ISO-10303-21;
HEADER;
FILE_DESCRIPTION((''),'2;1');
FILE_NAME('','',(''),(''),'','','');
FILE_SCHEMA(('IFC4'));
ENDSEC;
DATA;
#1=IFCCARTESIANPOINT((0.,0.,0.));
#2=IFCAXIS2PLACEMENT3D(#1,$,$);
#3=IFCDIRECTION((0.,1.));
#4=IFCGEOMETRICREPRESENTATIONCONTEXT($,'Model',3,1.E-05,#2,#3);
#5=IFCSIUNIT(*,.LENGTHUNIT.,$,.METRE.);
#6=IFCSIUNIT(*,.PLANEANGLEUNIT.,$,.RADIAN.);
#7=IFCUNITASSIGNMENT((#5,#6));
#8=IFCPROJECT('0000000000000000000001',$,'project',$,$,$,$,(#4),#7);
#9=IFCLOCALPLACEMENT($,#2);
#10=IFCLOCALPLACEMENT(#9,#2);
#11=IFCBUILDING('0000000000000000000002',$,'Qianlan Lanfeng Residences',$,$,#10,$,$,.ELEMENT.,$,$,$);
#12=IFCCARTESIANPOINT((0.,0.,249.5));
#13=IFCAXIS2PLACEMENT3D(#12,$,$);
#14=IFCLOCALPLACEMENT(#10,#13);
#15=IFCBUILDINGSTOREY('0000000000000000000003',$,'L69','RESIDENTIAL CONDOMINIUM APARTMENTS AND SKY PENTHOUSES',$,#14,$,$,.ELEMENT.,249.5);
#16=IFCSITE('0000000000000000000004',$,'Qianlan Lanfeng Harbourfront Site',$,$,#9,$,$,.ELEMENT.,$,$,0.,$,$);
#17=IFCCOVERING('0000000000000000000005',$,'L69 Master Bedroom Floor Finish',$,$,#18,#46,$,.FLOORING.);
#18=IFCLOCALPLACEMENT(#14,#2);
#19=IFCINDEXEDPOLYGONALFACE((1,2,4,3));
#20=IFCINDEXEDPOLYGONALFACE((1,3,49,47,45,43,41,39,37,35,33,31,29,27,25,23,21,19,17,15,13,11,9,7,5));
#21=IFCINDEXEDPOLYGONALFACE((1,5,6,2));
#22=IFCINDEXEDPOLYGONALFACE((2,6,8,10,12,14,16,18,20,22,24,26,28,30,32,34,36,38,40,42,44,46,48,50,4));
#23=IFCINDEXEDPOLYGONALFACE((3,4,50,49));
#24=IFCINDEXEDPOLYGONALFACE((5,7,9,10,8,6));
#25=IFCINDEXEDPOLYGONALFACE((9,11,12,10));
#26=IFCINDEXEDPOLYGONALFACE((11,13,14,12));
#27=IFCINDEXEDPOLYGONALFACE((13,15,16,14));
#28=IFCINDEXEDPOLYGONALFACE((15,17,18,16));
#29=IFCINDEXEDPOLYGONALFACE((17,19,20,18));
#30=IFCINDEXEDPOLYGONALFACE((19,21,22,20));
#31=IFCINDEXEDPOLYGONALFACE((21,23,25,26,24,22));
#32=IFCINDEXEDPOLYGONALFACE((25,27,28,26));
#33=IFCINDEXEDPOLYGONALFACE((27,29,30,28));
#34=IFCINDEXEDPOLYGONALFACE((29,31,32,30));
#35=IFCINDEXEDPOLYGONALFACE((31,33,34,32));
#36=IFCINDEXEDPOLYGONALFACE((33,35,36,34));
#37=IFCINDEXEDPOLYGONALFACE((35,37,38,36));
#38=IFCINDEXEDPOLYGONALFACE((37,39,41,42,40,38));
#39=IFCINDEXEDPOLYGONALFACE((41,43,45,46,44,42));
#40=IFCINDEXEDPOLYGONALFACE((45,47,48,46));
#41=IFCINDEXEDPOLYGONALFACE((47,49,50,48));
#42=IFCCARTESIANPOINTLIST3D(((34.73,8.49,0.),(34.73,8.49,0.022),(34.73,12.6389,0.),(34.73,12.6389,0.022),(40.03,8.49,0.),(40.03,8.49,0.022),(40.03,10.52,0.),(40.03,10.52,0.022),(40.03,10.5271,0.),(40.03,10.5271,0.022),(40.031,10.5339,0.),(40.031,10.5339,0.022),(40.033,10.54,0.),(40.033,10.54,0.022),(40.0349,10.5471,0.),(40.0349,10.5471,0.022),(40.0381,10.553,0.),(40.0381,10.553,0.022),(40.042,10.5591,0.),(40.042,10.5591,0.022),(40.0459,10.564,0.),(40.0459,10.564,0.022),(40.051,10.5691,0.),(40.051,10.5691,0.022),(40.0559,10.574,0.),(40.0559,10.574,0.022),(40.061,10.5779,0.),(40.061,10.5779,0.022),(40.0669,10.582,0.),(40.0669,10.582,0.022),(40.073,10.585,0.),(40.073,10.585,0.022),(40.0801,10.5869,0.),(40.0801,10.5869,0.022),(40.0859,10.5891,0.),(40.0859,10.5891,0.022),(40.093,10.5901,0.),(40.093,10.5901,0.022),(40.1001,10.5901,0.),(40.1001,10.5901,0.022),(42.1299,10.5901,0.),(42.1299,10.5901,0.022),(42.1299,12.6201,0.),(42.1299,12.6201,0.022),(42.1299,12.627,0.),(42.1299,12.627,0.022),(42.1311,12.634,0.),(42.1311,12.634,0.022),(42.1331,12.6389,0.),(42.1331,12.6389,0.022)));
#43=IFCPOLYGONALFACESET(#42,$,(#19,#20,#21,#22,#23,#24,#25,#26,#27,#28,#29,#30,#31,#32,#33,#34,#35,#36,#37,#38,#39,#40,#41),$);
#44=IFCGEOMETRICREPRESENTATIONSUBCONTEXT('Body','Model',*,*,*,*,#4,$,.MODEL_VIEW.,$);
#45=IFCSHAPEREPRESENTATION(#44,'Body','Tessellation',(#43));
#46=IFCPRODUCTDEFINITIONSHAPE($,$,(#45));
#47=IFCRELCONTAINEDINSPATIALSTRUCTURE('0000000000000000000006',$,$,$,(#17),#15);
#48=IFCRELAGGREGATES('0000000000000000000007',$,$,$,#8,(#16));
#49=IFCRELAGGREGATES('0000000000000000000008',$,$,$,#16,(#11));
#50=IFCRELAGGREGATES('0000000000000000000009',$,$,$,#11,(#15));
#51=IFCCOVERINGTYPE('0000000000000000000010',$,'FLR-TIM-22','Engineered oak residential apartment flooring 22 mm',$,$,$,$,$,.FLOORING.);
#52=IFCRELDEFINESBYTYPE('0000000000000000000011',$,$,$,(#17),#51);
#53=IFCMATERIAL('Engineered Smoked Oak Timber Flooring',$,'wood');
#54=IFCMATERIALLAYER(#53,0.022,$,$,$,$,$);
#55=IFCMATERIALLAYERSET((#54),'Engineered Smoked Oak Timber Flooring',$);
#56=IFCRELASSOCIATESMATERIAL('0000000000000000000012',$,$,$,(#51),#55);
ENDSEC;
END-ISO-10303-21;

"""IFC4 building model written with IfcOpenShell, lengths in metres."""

from ifc_helpers import new_model, si_unit, direction, frame, origin, place, context, subcontext, project, spatial, polyline, outline, extrude, material, layer, layer_set, type_object, element, save


model = new_model("IFC4")

# Units and contexts
model_context = context("Model", 3, precision=1e-05, world=origin(), true_north=direction((0.0, 1.0)))
body_context = subcontext(model_context, "Body", "Model", "MODEL_VIEW")
ifc_project = project(units=[si_unit("LENGTHUNIT", "METRE"), si_unit("PLANEANGLEUNIT", "RADIAN")], contexts=[model_context])

# Site, building, storey
site_placement = place(None, origin())
site = spatial("IfcSite", under=ifc_project, at=site_placement, Name="Qianlan Lanfeng Harbourfront Site", CompositionType="ELEMENT", RefElevation=0.0)
building_placement = place(site_placement, origin())
building = spatial("IfcBuilding", under=site, at=building_placement, Name="Qianlan Lanfeng Residences", CompositionType="ELEMENT")
storey_placement = place(building_placement, frame((0.0, 0.0, 249.5)))
storey = spatial("IfcBuildingStorey", under=building, at=storey_placement, Name="L69", Description="RESIDENTIAL CONDOMINIUM APARTMENTS AND SKY PENTHOUSES", CompositionType="ELEMENT", Elevation=249.5)

# Covering
ifc_material_1 = material(Name="Engineered Smoked Oak Timber Flooring", Category="wood")
ifc_layer_1 = layer(ifc_material_1, 0.022)
ifc_layer_set_1 = layer_set([ifc_layer_1], Name="Engineered Smoked Oak Timber Flooring")
covering_type_1 = type_object("IfcCoveringType", Name="FLR-TIM-22", Description="Engineered oak residential apartment flooring 22 mm", PredefinedType="FLOORING", material=ifc_layer_set_1)
covering_1_placement = place(storey_placement, origin())
element("IfcCovering", 1, at=covering_1_placement, inside=storey, type_object=covering_type_1, Name="L69 Master Bedroom Floor Finish", PredefinedType="FLOORING", context=body_context, shape_type="SweptSolid", body=[
    extrude(outline(polyline([(34.73, 12.6389), (34.73, 8.49), (40.03, 8.49), (40.03, 10.52), (40.03, 10.5271), (40.031, 10.5339), (40.033, 10.54), (40.0349, 10.5471), (40.0381, 10.553), (40.042, 10.5591), (40.0459, 10.564), (40.051, 10.5691), (40.0559, 10.574), (40.061, 10.5779), (40.0669, 10.582), (40.073, 10.585), (40.0801, 10.5869), (40.0859, 10.5891), (40.093, 10.5901), (40.1001, 10.5901), (42.1299, 10.5901), (42.1299, 12.6201), (42.1299, 12.627), (42.1311, 12.634), (42.1331, 12.6389), (34.73, 12.6389)])), origin(), (0.0, 0.0, 1.0), 0.022),
])

save(model, "model.ifc")
